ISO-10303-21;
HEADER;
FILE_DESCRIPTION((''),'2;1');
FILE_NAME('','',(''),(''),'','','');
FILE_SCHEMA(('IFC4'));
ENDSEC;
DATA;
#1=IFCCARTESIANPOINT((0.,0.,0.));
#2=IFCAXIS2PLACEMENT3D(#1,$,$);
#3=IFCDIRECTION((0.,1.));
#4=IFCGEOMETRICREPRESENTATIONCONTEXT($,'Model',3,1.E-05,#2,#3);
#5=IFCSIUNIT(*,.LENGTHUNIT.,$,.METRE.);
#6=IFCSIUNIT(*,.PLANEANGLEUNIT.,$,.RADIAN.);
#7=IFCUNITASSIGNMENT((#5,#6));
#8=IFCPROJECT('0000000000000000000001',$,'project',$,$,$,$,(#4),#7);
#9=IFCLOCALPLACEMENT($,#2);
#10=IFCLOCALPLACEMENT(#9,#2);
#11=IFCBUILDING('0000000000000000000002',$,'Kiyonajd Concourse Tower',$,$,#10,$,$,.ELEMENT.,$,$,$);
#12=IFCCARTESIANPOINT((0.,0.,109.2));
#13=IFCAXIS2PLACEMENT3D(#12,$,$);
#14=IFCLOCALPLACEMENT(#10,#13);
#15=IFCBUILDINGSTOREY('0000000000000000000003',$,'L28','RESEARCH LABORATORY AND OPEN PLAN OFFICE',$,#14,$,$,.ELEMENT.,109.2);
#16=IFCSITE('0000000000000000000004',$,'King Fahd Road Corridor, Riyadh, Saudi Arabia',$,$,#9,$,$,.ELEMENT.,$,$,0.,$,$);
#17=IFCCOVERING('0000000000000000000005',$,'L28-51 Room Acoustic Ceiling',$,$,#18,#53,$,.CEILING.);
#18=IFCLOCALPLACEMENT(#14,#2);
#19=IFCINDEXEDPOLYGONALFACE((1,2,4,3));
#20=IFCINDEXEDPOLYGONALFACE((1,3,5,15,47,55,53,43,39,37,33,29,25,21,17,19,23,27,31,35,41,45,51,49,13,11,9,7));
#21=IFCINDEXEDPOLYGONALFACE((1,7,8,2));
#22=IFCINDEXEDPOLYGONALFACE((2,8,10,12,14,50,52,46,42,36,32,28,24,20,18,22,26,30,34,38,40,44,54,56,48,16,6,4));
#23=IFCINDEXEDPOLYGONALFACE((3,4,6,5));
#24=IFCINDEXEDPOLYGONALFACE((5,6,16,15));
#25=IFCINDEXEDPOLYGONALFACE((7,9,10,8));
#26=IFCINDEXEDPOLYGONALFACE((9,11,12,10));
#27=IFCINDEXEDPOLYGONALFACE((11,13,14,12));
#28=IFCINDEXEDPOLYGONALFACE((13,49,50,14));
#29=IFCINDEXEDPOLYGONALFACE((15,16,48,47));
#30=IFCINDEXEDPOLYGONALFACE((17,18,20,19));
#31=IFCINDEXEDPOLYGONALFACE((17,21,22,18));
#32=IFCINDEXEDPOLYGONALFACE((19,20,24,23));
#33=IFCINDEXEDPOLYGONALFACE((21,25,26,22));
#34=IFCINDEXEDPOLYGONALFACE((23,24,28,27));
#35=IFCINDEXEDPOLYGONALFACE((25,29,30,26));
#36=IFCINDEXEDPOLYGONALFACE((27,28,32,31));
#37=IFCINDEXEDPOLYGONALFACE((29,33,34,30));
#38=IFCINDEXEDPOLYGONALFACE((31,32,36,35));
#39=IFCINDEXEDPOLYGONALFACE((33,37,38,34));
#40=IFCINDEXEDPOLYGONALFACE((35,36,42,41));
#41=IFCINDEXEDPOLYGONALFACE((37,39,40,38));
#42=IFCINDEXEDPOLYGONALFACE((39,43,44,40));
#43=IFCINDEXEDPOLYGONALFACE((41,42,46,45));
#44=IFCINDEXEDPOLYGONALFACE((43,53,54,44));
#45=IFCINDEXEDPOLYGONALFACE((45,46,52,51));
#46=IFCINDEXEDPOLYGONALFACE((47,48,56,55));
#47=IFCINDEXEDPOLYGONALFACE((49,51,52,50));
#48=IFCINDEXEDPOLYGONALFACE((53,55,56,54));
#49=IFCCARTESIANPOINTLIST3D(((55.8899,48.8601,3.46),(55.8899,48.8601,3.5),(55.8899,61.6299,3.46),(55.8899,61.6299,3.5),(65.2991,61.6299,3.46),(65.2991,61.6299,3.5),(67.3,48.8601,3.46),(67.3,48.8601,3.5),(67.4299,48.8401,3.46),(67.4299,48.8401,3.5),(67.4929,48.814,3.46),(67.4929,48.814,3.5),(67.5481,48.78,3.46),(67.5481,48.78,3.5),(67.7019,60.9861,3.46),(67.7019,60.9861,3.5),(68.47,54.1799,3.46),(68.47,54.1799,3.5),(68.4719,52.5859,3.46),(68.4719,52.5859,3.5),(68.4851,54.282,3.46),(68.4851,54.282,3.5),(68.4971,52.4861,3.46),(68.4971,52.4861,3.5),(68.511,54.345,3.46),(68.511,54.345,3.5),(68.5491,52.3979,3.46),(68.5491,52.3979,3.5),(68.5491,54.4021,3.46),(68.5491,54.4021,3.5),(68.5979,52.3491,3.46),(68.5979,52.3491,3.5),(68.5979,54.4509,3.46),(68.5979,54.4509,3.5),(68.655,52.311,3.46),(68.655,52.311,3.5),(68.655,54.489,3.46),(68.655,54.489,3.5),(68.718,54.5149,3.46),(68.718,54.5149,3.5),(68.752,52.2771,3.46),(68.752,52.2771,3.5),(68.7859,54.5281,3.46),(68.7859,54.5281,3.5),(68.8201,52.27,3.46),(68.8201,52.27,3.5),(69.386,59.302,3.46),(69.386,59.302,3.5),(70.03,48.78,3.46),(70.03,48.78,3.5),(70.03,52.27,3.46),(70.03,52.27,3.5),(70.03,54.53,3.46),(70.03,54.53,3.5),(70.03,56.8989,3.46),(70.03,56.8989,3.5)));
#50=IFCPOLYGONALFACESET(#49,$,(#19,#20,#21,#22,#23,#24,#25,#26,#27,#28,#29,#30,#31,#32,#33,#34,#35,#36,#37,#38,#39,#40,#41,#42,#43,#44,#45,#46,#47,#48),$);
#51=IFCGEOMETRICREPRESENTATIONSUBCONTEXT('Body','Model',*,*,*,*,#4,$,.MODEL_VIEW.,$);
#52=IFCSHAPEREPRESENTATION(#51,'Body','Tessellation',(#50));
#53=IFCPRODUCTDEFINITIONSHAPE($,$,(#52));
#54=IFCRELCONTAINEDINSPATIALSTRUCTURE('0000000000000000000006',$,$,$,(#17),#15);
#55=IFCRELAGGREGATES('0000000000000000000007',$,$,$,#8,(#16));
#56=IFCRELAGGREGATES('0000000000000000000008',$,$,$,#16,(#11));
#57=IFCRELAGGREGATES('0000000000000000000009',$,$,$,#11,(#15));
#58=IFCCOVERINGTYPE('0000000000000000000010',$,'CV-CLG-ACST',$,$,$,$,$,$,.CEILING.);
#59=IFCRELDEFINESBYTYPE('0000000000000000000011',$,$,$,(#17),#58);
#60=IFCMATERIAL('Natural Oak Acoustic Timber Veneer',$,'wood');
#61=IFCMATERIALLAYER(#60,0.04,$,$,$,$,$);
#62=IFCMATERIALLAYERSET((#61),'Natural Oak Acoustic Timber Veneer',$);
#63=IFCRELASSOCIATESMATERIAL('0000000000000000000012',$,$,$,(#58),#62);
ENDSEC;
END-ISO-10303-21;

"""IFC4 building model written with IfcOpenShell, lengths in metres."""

from ifc_helpers import new_model, si_unit, direction, frame, origin, place, context, subcontext, project, spatial, polyline, outline, extrude, material, layer, layer_set, type_object, element, save


model = new_model("IFC4")

# Units and contexts
model_context = context("Model", 3, precision=1e-05, world=origin(), true_north=direction((0.0, 1.0)))
body_context = subcontext(model_context, "Body", "Model", "MODEL_VIEW")
ifc_project = project(units=[si_unit("LENGTHUNIT", "METRE"), si_unit("PLANEANGLEUNIT", "RADIAN")], contexts=[model_context])

# Site, building, storey
site_placement = place(None, origin())
site = spatial("IfcSite", under=ifc_project, at=site_placement, Name="King Fahd Road Corridor, Riyadh, Saudi Arabia", CompositionType="ELEMENT", RefElevation=0.0)
building_placement = place(site_placement, origin())
building = spatial("IfcBuilding", under=site, at=building_placement, Name="Kiyonajd Concourse Tower", CompositionType="ELEMENT")
storey_placement = place(building_placement, frame((0.0, 0.0, 109.2)))
storey = spatial("IfcBuildingStorey", under=building, at=storey_placement, Name="L28", Description="RESEARCH LABORATORY AND OPEN PLAN OFFICE", CompositionType="ELEMENT", Elevation=109.2)

# Shared definitions
ifc_material_1 = material(Name="Natural Oak Acoustic Timber Veneer", Category="wood")

# Covering
ifc_layer_1 = layer(ifc_material_1, 0.04)
ifc_layer_set_1 = layer_set([ifc_layer_1], Name="Natural Oak Acoustic Timber Veneer")
covering_type = type_object("IfcCoveringType", Name="CV-CLG-ACST", PredefinedType="CEILING", material=ifc_layer_set_1)
covering_1_placement = place(storey_placement, frame((0.0, 0.0, 3.46)))
element("IfcCovering", 1, at=covering_1_placement, inside=storey, type_object=covering_type, Name="L28-51 Room Acoustic Ceiling", PredefinedType="CEILING", context=body_context, shape_type="SweptSolid", body=[
    extrude(outline(polyline([(67.5481, 48.78), (67.4929, 48.814), (67.4299, 48.8401), (67.3, 48.8601), (55.8899, 48.8601), (55.8899, 61.6299), (65.2991, 61.6299), (67.7019, 60.9861), (69.386, 59.302), (70.03, 56.8989), (70.03, 54.53), (68.7859, 54.5281), (68.718, 54.5149), (68.655, 54.489), (68.5979, 54.4509), (68.5491, 54.4021), (68.511, 54.345), (68.4851, 54.282), (68.47, 54.1799), (68.4719, 52.5859), (68.4971, 52.4861), (68.5491, 52.3979), (68.5979, 52.3491), (68.655, 52.311), (68.752, 52.2771), (68.8201, 52.27), (70.03, 52.27), (70.03, 48.78), (67.5481, 48.78)])), origin(), (0.0, 0.0, 1.0), 0.04),
])

save(model, "model.ifc")
